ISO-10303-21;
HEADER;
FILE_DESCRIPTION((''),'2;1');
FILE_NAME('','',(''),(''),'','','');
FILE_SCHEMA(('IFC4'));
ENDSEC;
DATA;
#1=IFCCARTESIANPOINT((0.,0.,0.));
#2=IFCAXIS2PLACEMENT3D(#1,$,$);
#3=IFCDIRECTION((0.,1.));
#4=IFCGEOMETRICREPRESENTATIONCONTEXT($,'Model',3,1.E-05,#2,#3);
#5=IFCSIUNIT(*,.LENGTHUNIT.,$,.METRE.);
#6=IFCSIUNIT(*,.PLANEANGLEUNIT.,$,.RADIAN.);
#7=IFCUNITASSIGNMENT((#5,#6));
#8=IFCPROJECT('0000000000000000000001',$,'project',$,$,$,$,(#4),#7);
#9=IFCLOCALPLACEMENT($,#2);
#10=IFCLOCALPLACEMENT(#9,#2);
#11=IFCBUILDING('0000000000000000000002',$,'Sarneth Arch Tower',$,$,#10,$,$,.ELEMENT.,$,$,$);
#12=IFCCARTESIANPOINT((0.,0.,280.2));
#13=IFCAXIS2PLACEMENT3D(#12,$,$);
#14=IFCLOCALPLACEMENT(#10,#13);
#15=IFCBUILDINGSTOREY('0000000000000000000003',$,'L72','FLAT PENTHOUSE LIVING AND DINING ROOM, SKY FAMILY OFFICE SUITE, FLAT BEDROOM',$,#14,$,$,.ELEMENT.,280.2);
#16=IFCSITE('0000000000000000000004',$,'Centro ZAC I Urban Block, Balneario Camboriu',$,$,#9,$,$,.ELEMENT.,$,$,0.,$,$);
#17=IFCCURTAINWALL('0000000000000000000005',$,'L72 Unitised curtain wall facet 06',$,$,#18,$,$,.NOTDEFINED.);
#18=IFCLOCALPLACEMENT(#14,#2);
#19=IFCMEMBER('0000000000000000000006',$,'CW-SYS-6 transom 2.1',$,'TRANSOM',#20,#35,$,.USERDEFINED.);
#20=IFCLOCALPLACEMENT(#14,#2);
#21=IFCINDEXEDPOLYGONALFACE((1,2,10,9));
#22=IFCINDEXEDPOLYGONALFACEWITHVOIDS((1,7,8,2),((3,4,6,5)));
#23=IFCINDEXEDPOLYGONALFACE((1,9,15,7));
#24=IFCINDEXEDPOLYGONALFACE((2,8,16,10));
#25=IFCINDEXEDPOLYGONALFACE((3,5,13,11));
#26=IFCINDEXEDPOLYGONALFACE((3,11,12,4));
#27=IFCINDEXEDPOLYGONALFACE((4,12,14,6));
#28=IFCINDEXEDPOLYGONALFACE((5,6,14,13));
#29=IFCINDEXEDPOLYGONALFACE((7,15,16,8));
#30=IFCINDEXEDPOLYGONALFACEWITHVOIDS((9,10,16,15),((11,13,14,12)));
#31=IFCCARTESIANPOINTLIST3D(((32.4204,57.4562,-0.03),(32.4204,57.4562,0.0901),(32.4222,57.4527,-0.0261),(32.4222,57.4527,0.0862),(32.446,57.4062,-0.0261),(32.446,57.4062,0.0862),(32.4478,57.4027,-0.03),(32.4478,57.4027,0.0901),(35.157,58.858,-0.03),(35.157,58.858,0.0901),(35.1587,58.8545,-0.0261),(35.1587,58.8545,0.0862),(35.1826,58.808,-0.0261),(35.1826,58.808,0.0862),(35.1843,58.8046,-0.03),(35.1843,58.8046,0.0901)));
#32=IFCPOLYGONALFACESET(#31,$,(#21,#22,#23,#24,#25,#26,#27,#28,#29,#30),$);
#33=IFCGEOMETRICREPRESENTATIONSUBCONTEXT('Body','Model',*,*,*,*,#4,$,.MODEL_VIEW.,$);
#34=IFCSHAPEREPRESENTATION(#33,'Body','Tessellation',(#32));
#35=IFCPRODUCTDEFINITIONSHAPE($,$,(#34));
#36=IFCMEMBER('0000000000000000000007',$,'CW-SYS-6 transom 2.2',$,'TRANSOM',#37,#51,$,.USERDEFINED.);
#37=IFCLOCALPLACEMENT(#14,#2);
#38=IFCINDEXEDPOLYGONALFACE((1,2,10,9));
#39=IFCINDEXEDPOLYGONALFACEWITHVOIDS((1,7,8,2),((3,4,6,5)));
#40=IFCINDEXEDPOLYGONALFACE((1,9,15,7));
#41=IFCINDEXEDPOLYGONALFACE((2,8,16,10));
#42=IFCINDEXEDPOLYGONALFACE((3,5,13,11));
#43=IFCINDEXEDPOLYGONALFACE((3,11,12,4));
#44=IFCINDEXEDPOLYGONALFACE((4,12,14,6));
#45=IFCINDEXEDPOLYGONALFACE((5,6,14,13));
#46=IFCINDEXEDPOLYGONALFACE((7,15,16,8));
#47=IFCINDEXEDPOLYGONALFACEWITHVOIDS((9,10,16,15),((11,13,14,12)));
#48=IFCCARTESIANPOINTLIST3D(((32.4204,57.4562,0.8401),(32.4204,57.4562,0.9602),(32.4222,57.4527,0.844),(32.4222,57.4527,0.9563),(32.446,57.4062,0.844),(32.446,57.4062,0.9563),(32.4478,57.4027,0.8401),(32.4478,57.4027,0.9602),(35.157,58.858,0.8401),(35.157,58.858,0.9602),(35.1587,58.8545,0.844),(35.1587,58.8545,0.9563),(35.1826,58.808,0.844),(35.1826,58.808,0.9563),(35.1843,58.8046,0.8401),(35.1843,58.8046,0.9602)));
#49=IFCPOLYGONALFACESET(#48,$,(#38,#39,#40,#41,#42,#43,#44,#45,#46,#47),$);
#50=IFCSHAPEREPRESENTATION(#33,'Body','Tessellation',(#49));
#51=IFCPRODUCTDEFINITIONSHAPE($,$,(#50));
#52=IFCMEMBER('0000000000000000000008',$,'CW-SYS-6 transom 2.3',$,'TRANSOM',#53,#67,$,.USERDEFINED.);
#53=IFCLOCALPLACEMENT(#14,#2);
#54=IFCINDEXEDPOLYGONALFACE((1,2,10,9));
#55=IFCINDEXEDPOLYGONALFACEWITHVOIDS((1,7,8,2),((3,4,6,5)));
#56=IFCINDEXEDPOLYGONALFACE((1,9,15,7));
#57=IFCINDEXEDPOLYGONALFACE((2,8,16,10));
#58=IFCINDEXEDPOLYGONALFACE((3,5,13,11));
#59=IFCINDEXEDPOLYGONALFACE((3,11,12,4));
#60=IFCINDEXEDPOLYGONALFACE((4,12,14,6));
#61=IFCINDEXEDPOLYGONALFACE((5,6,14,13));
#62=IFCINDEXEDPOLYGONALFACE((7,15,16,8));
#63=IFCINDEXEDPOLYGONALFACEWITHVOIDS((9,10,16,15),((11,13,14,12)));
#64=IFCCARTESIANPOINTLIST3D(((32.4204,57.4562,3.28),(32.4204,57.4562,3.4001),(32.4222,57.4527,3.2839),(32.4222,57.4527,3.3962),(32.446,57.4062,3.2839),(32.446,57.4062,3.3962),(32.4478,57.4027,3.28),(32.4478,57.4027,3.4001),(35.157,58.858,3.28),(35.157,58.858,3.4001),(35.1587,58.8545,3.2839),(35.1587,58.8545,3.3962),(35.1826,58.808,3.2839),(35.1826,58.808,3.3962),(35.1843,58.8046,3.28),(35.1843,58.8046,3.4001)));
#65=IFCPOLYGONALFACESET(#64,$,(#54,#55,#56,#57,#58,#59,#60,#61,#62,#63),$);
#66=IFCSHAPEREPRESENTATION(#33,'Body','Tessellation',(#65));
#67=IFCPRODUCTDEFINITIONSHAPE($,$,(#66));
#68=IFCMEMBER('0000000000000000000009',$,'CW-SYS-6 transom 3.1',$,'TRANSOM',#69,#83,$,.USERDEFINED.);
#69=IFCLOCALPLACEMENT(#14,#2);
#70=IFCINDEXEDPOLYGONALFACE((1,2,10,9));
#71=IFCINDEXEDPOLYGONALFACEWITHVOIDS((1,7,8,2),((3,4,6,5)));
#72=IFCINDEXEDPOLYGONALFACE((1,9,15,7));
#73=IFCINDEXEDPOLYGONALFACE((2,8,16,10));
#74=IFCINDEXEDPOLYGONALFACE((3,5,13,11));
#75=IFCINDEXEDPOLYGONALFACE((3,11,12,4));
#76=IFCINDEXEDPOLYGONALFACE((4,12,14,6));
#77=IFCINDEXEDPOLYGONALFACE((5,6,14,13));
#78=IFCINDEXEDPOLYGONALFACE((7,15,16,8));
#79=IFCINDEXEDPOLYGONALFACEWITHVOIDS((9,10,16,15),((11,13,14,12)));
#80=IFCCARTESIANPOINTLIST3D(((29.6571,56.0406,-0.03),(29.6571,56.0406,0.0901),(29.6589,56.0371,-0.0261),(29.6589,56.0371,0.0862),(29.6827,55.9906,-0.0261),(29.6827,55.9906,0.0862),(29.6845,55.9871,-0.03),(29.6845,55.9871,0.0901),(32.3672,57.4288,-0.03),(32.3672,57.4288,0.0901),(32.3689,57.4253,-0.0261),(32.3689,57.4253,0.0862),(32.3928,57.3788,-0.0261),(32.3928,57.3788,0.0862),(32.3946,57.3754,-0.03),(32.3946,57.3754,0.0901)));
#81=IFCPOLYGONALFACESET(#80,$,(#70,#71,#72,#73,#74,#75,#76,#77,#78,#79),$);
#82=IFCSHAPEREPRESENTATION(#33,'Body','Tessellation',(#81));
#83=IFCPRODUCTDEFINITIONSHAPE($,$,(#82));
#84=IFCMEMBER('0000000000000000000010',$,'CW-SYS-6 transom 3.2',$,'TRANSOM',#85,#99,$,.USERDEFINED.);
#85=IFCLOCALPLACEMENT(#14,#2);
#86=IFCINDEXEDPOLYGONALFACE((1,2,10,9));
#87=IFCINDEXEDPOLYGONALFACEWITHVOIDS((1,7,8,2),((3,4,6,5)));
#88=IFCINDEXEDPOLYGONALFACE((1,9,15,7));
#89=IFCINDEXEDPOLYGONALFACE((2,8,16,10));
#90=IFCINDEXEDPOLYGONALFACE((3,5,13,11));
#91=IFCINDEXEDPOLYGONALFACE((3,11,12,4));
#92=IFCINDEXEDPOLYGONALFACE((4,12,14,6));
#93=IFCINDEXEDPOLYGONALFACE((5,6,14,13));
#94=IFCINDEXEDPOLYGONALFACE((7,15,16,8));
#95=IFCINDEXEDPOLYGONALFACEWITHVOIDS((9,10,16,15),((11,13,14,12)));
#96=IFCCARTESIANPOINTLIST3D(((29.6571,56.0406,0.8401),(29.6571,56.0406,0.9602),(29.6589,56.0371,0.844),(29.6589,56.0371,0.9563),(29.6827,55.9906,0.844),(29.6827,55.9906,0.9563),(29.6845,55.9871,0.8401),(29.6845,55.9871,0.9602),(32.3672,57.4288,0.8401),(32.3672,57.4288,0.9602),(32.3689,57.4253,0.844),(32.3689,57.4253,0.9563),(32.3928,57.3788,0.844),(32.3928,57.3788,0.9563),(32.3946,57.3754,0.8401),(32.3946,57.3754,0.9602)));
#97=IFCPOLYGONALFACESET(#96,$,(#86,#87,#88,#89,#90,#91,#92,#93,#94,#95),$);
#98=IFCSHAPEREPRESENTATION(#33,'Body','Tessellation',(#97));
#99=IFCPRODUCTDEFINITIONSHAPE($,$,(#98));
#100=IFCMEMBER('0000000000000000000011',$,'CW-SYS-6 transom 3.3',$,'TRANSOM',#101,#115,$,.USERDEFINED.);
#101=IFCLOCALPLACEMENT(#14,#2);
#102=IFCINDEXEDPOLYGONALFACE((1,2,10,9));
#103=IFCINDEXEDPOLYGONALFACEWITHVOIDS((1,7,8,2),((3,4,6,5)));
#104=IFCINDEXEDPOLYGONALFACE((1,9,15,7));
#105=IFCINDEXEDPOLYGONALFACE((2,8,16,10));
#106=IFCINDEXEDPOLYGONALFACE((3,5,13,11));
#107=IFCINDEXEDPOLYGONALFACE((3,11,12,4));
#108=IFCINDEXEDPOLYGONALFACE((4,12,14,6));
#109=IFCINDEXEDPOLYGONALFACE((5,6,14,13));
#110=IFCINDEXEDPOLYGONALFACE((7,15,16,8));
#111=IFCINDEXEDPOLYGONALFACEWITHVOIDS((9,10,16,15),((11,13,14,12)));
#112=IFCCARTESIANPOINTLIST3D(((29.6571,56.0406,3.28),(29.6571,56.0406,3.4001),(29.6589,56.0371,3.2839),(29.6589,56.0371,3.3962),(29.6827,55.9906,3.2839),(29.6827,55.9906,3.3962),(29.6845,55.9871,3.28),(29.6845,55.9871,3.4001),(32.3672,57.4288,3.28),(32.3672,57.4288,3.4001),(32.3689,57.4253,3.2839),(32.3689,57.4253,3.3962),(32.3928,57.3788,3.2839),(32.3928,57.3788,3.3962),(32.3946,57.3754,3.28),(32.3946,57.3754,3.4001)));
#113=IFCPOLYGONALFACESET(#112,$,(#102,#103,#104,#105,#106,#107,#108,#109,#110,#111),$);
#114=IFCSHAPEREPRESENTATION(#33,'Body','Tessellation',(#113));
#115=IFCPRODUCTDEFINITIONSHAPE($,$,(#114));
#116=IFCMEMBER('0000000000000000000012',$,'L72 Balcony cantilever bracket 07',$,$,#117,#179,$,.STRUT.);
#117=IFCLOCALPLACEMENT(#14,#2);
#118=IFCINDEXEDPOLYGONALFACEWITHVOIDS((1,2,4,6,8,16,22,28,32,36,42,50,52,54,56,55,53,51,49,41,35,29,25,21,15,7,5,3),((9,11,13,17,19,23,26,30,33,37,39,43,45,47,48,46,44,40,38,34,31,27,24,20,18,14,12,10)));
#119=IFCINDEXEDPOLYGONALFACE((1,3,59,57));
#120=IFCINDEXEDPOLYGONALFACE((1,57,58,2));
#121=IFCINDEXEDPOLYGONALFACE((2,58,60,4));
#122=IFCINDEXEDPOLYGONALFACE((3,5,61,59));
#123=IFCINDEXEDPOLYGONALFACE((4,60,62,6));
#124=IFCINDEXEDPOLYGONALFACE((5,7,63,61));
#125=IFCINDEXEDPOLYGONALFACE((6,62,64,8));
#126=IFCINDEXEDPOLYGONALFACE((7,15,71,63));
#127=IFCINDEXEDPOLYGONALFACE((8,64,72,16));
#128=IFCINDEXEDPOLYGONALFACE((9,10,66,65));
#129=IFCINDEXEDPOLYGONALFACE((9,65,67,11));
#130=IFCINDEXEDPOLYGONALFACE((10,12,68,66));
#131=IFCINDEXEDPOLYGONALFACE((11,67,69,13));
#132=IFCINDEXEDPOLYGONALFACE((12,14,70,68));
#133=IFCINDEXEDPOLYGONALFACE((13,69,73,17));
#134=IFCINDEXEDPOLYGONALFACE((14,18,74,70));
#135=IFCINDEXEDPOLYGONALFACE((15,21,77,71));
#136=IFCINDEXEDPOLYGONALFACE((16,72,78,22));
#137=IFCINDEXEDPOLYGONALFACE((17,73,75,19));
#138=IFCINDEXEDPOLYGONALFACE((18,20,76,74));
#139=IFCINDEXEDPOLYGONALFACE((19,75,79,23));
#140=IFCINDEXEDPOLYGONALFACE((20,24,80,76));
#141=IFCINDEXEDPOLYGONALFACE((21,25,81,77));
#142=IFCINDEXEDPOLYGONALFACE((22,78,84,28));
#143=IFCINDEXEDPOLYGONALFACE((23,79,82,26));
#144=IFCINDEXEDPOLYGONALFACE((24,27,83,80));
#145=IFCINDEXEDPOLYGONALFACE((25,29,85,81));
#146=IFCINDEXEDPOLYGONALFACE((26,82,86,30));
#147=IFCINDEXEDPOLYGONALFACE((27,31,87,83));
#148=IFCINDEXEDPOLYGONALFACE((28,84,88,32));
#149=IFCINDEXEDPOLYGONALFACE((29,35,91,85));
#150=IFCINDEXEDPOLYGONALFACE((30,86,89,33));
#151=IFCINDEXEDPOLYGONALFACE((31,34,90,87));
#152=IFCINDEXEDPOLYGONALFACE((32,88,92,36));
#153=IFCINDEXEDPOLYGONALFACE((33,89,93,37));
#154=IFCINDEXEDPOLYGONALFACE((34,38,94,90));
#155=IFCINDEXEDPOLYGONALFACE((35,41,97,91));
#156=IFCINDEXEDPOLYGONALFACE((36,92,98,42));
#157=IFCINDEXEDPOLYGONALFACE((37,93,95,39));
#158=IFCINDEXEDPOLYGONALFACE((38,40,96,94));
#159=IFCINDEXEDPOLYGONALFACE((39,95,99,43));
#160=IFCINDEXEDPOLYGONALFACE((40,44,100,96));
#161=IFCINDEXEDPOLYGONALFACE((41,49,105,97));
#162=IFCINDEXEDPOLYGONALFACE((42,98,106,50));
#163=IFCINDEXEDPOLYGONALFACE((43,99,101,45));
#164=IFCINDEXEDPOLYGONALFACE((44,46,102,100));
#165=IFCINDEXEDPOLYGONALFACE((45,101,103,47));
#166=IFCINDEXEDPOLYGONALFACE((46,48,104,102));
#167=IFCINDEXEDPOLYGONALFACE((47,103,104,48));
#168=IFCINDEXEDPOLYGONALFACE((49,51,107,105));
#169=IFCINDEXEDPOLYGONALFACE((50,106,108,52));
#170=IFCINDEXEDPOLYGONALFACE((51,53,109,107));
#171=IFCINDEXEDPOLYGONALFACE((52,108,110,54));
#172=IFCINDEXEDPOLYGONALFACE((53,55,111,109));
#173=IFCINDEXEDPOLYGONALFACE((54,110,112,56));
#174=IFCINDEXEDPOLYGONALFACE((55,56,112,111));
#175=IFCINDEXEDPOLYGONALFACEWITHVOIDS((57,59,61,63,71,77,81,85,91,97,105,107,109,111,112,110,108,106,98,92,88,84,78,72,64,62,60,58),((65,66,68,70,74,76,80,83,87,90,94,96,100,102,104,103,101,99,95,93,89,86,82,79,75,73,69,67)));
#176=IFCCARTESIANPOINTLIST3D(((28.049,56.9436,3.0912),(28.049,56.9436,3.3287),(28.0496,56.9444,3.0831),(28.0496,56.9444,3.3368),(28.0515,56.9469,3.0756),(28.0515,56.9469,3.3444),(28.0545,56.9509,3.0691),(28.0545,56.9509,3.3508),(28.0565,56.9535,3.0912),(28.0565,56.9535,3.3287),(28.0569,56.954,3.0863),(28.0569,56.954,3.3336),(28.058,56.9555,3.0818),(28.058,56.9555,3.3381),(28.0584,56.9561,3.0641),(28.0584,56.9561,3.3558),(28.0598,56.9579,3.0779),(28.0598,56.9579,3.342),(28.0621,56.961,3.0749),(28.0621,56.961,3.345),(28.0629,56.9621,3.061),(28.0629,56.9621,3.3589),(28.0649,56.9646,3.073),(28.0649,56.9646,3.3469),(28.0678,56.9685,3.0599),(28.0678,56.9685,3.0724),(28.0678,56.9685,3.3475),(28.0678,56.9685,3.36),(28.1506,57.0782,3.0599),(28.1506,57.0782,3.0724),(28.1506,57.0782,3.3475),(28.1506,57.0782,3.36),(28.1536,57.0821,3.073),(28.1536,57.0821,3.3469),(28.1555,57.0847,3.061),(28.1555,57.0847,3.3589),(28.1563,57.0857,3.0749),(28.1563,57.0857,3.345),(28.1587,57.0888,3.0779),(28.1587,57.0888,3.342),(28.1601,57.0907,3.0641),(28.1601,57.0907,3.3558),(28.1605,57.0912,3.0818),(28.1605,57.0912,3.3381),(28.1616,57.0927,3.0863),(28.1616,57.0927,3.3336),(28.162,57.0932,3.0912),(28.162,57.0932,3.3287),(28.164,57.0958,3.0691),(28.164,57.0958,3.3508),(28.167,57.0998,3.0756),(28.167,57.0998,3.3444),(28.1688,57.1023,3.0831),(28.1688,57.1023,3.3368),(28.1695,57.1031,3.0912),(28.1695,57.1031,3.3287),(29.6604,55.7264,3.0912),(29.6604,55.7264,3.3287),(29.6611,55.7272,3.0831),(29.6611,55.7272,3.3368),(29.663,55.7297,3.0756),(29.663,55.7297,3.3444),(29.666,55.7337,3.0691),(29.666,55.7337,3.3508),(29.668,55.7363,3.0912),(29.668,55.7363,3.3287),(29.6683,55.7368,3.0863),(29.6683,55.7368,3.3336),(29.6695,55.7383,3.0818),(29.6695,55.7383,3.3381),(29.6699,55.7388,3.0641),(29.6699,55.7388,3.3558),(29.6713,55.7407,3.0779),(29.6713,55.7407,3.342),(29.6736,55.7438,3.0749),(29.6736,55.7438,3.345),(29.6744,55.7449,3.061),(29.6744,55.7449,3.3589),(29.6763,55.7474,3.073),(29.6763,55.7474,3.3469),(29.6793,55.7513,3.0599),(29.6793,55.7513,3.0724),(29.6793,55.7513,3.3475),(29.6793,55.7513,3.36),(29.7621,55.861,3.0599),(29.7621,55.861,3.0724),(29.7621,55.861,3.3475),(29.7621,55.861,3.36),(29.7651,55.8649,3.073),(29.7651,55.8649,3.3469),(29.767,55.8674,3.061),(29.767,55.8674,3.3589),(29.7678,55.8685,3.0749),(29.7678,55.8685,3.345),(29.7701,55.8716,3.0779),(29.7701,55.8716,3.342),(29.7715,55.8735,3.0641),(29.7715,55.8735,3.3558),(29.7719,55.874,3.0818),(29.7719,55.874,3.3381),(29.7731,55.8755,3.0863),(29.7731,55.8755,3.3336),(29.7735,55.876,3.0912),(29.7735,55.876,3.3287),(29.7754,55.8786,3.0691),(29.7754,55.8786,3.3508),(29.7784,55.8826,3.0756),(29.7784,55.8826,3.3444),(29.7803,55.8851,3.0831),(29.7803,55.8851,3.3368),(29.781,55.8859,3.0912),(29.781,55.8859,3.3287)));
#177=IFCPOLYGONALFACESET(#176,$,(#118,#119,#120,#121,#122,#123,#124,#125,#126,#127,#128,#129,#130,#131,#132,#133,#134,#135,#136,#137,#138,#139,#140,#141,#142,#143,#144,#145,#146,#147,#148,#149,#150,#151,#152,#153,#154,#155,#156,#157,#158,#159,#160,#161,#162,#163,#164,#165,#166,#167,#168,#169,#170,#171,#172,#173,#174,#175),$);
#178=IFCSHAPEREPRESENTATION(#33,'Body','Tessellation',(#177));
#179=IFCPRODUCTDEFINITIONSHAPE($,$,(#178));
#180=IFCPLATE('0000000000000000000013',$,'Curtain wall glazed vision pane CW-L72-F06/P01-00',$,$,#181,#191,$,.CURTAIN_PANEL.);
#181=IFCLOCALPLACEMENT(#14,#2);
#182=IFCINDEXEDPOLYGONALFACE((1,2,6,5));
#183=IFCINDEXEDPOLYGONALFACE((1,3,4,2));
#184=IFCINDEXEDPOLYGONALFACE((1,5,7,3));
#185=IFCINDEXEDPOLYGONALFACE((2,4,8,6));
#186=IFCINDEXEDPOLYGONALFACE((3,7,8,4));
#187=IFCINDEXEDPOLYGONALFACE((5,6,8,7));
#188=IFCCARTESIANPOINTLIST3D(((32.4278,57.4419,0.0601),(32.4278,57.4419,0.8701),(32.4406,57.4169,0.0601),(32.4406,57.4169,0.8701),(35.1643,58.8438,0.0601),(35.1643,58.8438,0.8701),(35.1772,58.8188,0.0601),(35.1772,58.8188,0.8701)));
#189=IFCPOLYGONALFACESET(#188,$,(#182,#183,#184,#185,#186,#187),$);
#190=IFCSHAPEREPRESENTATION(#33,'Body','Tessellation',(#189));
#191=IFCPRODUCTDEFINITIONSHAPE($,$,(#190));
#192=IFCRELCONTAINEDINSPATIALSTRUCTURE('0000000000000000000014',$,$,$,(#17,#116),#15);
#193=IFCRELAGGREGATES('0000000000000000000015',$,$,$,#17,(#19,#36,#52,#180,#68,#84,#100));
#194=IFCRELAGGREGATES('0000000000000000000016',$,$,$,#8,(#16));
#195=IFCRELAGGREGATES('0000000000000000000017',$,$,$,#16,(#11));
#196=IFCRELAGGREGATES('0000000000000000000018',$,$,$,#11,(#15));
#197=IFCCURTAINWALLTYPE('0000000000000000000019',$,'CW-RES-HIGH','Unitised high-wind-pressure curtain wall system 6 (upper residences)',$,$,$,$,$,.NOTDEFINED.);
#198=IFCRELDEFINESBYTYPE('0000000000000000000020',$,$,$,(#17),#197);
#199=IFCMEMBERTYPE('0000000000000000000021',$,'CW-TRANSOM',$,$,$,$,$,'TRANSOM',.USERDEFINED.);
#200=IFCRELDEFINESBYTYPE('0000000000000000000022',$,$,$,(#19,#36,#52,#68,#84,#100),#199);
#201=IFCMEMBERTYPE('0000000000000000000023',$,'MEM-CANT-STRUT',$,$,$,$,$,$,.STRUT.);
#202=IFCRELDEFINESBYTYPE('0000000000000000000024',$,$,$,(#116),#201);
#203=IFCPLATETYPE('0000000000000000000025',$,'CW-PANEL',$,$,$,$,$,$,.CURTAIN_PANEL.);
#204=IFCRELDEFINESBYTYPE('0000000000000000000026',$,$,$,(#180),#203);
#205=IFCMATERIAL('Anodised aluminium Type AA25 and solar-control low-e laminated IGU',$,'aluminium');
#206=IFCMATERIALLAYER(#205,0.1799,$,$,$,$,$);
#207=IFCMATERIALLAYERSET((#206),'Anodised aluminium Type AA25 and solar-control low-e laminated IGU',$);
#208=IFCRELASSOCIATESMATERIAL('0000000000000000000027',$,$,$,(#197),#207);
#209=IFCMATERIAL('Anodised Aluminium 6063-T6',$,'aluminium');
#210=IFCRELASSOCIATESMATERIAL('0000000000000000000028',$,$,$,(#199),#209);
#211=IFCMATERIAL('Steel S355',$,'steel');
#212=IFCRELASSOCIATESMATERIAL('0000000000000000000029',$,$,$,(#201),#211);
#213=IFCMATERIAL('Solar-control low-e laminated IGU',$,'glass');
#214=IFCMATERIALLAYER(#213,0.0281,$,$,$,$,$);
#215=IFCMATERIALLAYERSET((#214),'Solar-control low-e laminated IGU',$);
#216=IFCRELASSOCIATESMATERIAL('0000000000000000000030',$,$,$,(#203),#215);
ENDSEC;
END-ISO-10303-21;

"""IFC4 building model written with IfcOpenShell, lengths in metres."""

from ifc_helpers import new_model, si_unit, direction, frame, origin, origin_2d, place, context, subcontext, project, spatial, rectangle, hollow_rectangle, extrude, material, layer, layer_set, material_profile, profile_set, type_object, element, aggregate, save


model = new_model("IFC4")

# Units and contexts
model_context = context("Model", 3, precision=1e-05, world=origin(), true_north=direction((0.0, 1.0)))
body_context = subcontext(model_context, "Body", "Model", "MODEL_VIEW")
ifc_project = project(units=[si_unit("LENGTHUNIT", "METRE"), si_unit("PLANEANGLEUNIT", "RADIAN")], contexts=[model_context])

# Site, building, storey
site_placement = place(None, origin())
site = spatial("IfcSite", under=ifc_project, at=site_placement, Name="Centro ZAC I Urban Block, Balneario Camboriu", CompositionType="ELEMENT", RefElevation=0.0)
building_placement = place(site_placement, origin())
building = spatial("IfcBuilding", under=site, at=building_placement, Name="Sarneth Arch Tower", CompositionType="ELEMENT")
storey_placement = place(building_placement, frame((0.0, 0.0, 280.2)))
storey = spatial("IfcBuildingStorey", under=building, at=storey_placement, Name="L72", Description="FLAT PENTHOUSE LIVING AND DINING ROOM, SKY FAMILY OFFICE SUITE, FLAT BEDROOM", CompositionType="ELEMENT", Elevation=280.2)

# Curtain wall, members
ifc_material_1 = material(Name="Anodised aluminium Type AA25 and solar-control low-e laminated IGU", Category="aluminium")
ifc_layer_1 = layer(ifc_material_1, 0.1799)
ifc_layer_set_1 = layer_set([ifc_layer_1], Name="Anodised aluminium Type AA25 and solar-control low-e laminated IGU")
curtain_wall_type = type_object("IfcCurtainWallType", Name="CW-RES-HIGH", Description="Unitised high-wind-pressure curtain wall system 6 (upper residences)", PredefinedType="NOTDEFINED", material=ifc_layer_set_1)
curtain_wall_placement = place(storey_placement, origin())
curtain_wall = element("IfcCurtainWall", 1, at=curtain_wall_placement, inside=storey, type_object=curtain_wall_type, Name="L72 Unitised curtain wall facet 06", PredefinedType="NOTDEFINED")
ifc_material_2 = material(Name="Anodised Aluminium 6063-T6", Category="aluminium")
ifc_material_profile_1 = material_profile(ifc_material_2, hollow_rectangle(XDim=0.0601, YDim=0.1201, WallThickness=0.0039, at=origin_2d()), Name="AL-TRAN-120x60x4")
ifc_profile_set_1 = profile_set([ifc_material_profile_1], Name="Anodised Aluminium 6063-T6")
member_type_1 = type_object("IfcMemberType", Name="CW-TRANSOM", ElementType="TRANSOM", PredefinedType="USERDEFINED", material=ifc_profile_set_1)
member_1_placement = place(storey_placement, frame((35.1707, 58.8313, 0.03), z_axis=(-0.890017, -0.455926, 0.0), x_axis=(0.455926, -0.890017, 0.0)))
member_1 = element("IfcMember", 2, at=member_1_placement, type_object=member_type_1, Name="CW-SYS-6 transom 2.1", ObjectType="TRANSOM", PredefinedType="USERDEFINED", context=body_context, shape_type="SweptSolid", body=[
    extrude(hollow_rectangle(XDim=0.0601, YDim=0.1201, WallThickness=0.0039, at=origin_2d()), origin(), (0.0, 0.0, 1.0), 3.0747),
])
member_2_placement = place(storey_placement, frame((35.1707, 58.8313, 0.9001), z_axis=(-0.890017, -0.455926, 0.0), x_axis=(0.455926, -0.890017, 0.0)))
member_2 = element("IfcMember", 3, at=member_2_placement, type_object=member_type_1, Name="CW-SYS-6 transom 2.2", ObjectType="TRANSOM", PredefinedType="USERDEFINED", context=body_context, shape_type="SweptSolid", body=[
    extrude(hollow_rectangle(XDim=0.0601, YDim=0.1201, WallThickness=0.0039, at=origin_2d()), origin(), (0.0, 0.0, 1.0), 3.0747),
])
member_3_placement = place(storey_placement, frame((35.1707, 58.8313, 3.3401), z_axis=(-0.890017, -0.455926, 0.0), x_axis=(0.455926, -0.890017, 0.0)))
member_3 = element("IfcMember", 4, at=member_3_placement, type_object=member_type_1, Name="CW-SYS-6 transom 2.3", ObjectType="TRANSOM", PredefinedType="USERDEFINED", context=body_context, shape_type="SweptSolid", body=[
    extrude(hollow_rectangle(XDim=0.0601, YDim=0.1201, WallThickness=0.0039, at=origin_2d()), origin(), (0.0, 0.0, 1.0), 3.0747),
])
member_4_placement = place(storey_placement, frame((32.3809, 57.4021, 0.03), z_axis=(-0.890023, -0.455916, 0.0), x_axis=(0.455916, -0.890023, 0.0)))
member_4 = element("IfcMember", 5, at=member_4_placement, type_object=member_type_1, Name="CW-SYS-6 transom 3.1", ObjectType="TRANSOM", PredefinedType="USERDEFINED", context=body_context, shape_type="SweptSolid", body=[
    extrude(hollow_rectangle(XDim=0.0601, YDim=0.1201, WallThickness=0.0039, at=origin_2d()), origin(), (0.0, 0.0, 1.0), 3.0449),
])
member_5_placement = place(storey_placement, frame((32.3809, 57.4021, 0.9001), z_axis=(-0.890023, -0.455916, 0.0), x_axis=(0.455916, -0.890023, 0.0)))
member_5 = element("IfcMember", 6, at=member_5_placement, type_object=member_type_1, Name="CW-SYS-6 transom 3.2", ObjectType="TRANSOM", PredefinedType="USERDEFINED", context=body_context, shape_type="SweptSolid", body=[
    extrude(hollow_rectangle(XDim=0.0601, YDim=0.1201, WallThickness=0.0039, at=origin_2d()), origin(), (0.0, 0.0, 1.0), 3.0449),
])
member_6_placement = place(storey_placement, frame((32.3809, 57.4021, 3.3401), z_axis=(-0.890023, -0.455916, 0.0), x_axis=(0.455916, -0.890023, 0.0)))
member_6 = element("IfcMember", 7, at=member_6_placement, type_object=member_type_1, Name="CW-SYS-6 transom 3.3", ObjectType="TRANSOM", PredefinedType="USERDEFINED", context=body_context, shape_type="SweptSolid", body=[
    extrude(hollow_rectangle(XDim=0.0601, YDim=0.1201, WallThickness=0.0039, at=origin_2d()), origin(), (0.0, 0.0, 1.0), 3.0449),
])

# Member
ifc_material_3 = material(Name="Steel S355", Category="steel")
ifc_material_profile_2 = material_profile(ifc_material_3, hollow_rectangle(XDim=0.2, YDim=0.3, WallThickness=0.0125, InnerFilletRadius=0.0188, OuterFilletRadius=0.0312, at=origin_2d()), Name="RHS300x200x12.5")
ifc_profile_set_2 = profile_set([ifc_material_profile_2], Name="Steel S355")
member_type_2 = type_object("IfcMemberType", Name="MEM-CANT-STRUT", PredefinedType="STRUT", material=ifc_profile_set_2)
member_7_placement = place(storey_placement, frame((29.7207, 55.8062, 3.21), z_axis=(-0.79795, 0.602724, 0.0), x_axis=(-0.602724, -0.79795, 0.0)))
element("IfcMember", 8, at=member_7_placement, inside=storey, type_object=member_type_2, Name="L72 Balcony cantilever bracket 07", PredefinedType="STRUT", context=body_context, shape_type="SweptSolid", body=[
    extrude(hollow_rectangle(XDim=0.2, YDim=0.3, WallThickness=0.0125, InnerFilletRadius=0.0188, OuterFilletRadius=0.0312, at=origin_2d()), origin(), (0.0, 0.0, 1.0), 2.0195),
])

# Plate
ifc_material_4 = material(Name="Solar-control low-e laminated IGU", Category="glass")
ifc_layer_2 = layer(ifc_material_4, 0.0281)
ifc_layer_set_2 = layer_set([ifc_layer_2], Name="Solar-control low-e laminated IGU")
plate_type_1 = type_object("IfcPlateType", Name="CW-PANEL", PredefinedType="CURTAIN_PANEL", material=ifc_layer_set_2)
plate_1_placement = place(storey_placement, frame((33.8025, 58.1304, 0.0601), z_axis=(0.0, 0.0, 1.0), x_axis=(-0.89001, -0.455942, 0.0)))
plate_1 = element("IfcPlate", 9, at=plate_1_placement, type_object=plate_type_1, Name="Curtain wall glazed vision pane CW-L72-F06/P01-00", PredefinedType="CURTAIN_PANEL", context=body_context, shape_type="SweptSolid", body=[
    extrude(rectangle(XDim=3.0747, YDim=0.0281, at=origin_2d()), origin(), (0.0, 0.0, 1.0), 0.8101),
])
aggregate(curtain_wall, [member_1, member_2, member_3, plate_1, member_4, member_5, member_6])

save(model, "model.ifc")
